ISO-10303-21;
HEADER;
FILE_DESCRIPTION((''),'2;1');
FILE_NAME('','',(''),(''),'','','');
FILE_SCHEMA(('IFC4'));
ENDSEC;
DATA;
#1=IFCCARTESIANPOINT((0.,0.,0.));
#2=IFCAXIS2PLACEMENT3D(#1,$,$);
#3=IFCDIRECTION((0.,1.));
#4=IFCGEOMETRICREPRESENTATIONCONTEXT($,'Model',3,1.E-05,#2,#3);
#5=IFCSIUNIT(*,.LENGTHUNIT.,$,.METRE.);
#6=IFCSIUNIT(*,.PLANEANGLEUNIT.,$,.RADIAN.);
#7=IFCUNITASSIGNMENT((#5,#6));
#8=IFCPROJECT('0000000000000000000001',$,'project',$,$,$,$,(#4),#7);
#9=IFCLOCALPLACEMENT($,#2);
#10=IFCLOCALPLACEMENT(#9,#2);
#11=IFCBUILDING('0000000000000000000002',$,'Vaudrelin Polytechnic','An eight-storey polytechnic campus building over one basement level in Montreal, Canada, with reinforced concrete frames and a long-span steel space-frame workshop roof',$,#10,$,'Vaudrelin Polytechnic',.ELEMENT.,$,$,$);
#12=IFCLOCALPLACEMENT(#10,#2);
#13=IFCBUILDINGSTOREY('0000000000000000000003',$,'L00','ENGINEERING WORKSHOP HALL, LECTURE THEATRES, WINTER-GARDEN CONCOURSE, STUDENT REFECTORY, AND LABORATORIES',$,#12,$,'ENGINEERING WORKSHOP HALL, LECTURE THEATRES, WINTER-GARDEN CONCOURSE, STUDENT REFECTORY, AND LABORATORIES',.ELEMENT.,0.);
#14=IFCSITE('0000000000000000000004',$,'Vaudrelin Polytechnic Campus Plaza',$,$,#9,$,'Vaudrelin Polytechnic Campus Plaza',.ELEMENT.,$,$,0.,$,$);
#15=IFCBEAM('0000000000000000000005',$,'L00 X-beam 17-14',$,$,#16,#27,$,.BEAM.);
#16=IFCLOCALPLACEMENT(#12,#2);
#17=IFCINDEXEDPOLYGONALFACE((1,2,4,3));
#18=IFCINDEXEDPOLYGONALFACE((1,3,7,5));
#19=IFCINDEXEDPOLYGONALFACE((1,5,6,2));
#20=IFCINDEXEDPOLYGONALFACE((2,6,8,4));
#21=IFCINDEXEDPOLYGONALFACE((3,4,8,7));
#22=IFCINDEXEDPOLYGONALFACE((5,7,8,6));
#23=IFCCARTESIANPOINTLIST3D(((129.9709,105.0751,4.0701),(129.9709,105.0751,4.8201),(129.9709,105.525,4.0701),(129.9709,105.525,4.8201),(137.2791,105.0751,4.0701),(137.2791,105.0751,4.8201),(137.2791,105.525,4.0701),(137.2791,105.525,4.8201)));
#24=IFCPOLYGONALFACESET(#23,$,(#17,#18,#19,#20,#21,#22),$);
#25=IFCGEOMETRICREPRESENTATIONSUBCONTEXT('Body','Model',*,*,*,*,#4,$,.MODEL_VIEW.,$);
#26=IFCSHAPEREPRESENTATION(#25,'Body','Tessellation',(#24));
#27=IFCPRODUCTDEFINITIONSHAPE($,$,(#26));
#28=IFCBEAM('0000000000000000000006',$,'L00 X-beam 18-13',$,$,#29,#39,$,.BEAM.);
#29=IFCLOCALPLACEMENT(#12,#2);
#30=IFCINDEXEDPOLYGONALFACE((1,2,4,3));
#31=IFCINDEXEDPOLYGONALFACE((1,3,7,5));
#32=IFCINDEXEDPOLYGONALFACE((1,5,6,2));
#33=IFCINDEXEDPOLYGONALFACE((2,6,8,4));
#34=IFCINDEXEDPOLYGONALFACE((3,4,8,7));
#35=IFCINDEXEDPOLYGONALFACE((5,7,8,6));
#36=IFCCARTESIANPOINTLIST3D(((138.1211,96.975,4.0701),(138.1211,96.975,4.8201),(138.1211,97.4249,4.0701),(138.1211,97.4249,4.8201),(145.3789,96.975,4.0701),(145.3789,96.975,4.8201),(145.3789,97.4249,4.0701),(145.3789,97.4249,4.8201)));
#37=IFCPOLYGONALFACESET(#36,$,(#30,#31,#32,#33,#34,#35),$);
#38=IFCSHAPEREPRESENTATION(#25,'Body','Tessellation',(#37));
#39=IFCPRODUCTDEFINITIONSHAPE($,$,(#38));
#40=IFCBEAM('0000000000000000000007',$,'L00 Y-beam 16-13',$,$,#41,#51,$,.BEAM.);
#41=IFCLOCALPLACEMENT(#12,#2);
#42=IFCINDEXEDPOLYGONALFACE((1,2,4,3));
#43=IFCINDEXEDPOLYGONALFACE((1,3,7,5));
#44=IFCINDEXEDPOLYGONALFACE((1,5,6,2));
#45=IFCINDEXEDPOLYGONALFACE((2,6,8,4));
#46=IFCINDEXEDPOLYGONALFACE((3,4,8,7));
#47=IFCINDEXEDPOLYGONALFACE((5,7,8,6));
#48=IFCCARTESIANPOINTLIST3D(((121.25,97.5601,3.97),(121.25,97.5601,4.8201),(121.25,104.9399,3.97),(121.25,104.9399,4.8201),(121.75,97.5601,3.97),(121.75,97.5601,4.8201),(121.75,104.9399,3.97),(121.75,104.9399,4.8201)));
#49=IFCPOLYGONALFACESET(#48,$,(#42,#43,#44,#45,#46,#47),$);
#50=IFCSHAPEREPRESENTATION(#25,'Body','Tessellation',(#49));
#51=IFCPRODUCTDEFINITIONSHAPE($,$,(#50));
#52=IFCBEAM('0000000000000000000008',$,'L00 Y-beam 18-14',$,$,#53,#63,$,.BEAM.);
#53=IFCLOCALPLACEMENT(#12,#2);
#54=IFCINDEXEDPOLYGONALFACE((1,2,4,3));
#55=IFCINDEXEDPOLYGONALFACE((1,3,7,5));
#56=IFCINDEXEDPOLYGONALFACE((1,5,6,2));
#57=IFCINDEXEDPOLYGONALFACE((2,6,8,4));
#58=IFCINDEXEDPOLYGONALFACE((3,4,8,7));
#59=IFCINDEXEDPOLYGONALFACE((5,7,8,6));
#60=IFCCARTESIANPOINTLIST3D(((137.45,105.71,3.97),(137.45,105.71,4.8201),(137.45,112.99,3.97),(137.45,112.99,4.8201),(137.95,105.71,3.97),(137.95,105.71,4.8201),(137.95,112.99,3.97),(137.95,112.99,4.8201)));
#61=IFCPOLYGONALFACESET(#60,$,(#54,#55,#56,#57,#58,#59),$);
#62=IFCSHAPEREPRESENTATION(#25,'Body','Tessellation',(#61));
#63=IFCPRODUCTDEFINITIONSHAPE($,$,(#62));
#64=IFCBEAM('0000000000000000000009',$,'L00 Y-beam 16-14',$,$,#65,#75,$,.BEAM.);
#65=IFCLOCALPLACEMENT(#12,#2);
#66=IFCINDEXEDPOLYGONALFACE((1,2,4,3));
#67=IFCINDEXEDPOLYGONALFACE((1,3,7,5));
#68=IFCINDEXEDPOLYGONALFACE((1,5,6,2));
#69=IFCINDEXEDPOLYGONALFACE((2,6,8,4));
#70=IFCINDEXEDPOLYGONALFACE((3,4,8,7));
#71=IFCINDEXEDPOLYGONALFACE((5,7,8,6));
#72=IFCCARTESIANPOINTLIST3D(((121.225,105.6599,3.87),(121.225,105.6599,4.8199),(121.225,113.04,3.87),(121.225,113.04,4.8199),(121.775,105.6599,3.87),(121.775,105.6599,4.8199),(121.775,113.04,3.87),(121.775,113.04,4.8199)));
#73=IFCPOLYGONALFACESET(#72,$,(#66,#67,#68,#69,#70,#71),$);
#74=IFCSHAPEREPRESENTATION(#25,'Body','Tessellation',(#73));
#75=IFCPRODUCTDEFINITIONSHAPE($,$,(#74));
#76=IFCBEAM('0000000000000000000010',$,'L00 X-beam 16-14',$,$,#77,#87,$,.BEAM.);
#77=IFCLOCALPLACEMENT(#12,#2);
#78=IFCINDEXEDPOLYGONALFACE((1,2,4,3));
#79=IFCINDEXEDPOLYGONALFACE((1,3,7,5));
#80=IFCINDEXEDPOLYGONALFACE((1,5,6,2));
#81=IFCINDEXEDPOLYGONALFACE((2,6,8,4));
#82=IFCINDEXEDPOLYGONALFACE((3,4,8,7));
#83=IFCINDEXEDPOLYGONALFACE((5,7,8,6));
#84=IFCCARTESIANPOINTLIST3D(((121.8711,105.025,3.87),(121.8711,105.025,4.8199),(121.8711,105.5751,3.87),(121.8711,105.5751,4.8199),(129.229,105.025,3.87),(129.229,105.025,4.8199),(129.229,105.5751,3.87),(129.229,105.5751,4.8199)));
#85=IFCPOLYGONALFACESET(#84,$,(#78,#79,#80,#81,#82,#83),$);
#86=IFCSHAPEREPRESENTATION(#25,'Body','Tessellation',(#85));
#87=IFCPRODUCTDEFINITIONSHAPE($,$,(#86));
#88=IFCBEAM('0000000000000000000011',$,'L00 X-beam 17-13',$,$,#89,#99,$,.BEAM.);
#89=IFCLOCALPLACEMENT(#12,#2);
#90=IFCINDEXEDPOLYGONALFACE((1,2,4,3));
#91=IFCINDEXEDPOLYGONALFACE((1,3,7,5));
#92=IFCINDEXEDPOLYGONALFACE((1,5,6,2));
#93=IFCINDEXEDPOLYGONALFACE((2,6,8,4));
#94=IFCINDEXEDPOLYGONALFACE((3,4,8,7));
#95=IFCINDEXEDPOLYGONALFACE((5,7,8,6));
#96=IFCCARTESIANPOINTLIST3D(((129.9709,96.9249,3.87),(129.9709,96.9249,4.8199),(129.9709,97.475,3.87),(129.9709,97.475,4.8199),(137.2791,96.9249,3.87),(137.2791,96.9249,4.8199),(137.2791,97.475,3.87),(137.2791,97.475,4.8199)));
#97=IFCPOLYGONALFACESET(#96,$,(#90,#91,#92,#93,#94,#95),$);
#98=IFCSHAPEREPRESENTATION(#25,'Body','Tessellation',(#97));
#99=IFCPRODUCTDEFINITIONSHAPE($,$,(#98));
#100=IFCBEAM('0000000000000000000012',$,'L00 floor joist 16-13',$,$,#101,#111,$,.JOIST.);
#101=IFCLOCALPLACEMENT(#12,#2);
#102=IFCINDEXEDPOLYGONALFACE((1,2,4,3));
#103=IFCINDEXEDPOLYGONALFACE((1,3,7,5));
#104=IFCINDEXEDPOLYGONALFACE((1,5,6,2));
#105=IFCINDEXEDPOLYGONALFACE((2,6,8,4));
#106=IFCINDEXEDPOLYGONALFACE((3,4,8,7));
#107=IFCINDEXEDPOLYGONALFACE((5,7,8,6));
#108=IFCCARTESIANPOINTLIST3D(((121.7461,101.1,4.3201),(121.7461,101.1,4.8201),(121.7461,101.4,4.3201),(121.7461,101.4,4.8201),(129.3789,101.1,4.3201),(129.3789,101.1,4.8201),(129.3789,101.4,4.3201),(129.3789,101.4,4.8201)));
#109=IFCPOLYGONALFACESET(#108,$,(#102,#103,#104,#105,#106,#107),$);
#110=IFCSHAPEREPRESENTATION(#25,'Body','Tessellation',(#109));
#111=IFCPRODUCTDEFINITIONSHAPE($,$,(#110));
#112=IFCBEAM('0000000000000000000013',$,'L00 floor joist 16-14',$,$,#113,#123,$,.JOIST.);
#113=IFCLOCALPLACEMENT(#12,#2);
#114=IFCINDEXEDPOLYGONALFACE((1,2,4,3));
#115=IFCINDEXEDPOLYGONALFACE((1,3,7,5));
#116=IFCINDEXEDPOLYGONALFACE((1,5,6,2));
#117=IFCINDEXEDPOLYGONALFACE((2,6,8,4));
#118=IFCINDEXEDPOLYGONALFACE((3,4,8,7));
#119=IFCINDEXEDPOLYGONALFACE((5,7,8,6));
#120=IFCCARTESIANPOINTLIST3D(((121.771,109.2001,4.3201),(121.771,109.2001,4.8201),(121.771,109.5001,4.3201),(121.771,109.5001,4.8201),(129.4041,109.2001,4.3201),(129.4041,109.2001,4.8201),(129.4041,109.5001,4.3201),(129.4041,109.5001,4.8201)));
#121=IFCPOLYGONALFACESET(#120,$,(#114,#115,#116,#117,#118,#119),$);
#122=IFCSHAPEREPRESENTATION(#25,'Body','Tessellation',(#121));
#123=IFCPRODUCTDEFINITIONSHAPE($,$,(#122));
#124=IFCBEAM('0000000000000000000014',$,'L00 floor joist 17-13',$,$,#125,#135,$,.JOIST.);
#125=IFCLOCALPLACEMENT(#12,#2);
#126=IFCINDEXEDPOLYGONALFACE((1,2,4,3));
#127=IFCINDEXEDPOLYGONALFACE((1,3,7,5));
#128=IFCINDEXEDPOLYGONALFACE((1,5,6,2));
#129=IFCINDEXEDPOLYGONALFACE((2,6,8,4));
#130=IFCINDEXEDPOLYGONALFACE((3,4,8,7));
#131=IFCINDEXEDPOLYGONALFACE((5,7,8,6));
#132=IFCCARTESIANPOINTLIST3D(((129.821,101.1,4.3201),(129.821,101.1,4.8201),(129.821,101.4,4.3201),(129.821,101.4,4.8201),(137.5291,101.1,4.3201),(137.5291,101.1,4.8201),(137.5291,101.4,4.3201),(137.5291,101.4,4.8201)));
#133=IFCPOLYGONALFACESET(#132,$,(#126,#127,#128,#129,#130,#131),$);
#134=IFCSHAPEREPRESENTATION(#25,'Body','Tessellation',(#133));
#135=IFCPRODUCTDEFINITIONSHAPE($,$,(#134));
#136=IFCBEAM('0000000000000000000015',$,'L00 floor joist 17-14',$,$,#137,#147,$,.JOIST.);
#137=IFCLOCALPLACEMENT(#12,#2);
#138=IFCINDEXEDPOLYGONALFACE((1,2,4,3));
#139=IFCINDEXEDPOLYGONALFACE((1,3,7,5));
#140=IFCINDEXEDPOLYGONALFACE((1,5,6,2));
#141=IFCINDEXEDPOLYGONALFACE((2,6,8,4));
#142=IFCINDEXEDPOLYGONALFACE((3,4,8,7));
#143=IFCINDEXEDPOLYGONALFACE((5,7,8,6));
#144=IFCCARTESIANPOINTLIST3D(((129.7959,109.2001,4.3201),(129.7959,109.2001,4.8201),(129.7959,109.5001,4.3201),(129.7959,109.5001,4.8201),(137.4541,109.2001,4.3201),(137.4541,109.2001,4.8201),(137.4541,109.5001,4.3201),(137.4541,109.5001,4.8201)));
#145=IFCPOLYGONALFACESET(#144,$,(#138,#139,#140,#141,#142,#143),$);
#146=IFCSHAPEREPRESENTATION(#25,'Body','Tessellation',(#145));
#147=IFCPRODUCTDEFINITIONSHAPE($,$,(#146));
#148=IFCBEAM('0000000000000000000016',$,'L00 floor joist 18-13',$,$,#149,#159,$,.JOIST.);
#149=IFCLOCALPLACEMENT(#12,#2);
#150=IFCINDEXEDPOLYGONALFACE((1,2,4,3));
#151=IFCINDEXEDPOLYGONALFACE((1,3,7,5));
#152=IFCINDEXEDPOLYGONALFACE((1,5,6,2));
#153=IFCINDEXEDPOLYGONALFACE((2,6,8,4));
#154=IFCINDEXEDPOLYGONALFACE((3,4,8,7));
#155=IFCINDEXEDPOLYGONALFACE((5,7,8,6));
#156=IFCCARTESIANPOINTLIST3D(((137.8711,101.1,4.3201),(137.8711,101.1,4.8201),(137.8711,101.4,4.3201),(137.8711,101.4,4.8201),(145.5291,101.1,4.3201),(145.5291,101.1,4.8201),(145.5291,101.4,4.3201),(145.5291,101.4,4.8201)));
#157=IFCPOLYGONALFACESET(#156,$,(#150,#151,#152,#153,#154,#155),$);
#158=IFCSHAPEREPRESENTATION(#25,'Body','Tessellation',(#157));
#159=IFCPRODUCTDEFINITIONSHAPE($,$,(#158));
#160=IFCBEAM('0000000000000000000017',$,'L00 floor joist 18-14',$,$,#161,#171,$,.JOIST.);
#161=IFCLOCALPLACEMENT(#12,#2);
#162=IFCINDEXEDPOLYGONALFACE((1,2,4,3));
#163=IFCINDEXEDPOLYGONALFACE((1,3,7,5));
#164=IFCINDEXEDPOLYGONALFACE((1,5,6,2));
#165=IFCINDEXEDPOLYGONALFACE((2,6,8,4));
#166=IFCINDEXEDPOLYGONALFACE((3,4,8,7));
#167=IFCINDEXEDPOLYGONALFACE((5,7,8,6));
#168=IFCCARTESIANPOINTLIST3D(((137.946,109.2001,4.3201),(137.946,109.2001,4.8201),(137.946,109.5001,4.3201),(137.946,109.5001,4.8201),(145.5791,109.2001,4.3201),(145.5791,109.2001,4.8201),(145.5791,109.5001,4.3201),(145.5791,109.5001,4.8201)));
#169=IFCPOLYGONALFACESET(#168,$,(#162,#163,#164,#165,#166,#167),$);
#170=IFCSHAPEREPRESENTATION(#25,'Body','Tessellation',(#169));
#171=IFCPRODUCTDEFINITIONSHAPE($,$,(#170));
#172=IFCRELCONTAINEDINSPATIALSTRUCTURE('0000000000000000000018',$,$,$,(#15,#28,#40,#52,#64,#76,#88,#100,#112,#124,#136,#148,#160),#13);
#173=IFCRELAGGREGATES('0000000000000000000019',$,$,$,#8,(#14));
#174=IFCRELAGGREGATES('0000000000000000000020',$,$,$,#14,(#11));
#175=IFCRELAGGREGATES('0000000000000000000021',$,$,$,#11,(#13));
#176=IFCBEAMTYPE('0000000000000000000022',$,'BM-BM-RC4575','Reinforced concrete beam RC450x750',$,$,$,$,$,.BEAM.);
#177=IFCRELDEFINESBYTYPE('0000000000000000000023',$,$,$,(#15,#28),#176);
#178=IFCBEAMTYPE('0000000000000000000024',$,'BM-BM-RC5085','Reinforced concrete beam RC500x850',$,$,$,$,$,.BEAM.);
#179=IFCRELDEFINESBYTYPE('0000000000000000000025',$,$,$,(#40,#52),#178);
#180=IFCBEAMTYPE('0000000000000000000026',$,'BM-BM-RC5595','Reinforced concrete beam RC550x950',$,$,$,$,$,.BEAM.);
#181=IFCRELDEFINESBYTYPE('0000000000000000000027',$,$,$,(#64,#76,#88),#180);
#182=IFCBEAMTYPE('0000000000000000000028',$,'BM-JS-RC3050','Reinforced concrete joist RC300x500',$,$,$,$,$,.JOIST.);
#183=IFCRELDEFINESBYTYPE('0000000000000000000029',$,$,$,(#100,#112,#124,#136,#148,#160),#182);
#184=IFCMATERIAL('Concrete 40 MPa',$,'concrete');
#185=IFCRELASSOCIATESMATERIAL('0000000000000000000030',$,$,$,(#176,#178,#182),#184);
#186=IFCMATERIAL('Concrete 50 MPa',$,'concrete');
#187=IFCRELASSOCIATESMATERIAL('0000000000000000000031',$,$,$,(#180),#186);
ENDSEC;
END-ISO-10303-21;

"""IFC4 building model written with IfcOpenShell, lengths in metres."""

from ifc_helpers import new_model, si_unit, direction, frame, origin, origin_2d, place, context, subcontext, project, spatial, rectangle, extrude, material, material_profile, profile_set, type_object, element, save


model = new_model("IFC4")

# Units and contexts
model_context = context("Model", 3, precision=1e-05, world=origin(), true_north=direction((0.0, 1.0)))
body_context = subcontext(model_context, "Body", "Model", "MODEL_VIEW")
ifc_project = project(units=[si_unit("LENGTHUNIT", "METRE"), si_unit("PLANEANGLEUNIT", "RADIAN")], contexts=[model_context])

# Site, building, storey
site_placement = place(None, origin())
site = spatial("IfcSite", under=ifc_project, at=site_placement, Name="Vaudrelin Polytechnic Campus Plaza", LongName="Vaudrelin Polytechnic Campus Plaza", CompositionType="ELEMENT", RefElevation=0.0)
building_placement = place(site_placement, origin())
building = spatial("IfcBuilding", under=site, at=building_placement, Name="Vaudrelin Polytechnic", Description="An eight-storey polytechnic campus building over one basement level in Montreal, Canada, with reinforced concrete frames and a long-span steel space-frame workshop roof", LongName="Vaudrelin Polytechnic", CompositionType="ELEMENT")
storey_placement = place(building_placement, origin())
storey = spatial("IfcBuildingStorey", under=building, at=storey_placement, Name="L00", Description="ENGINEERING WORKSHOP HALL, LECTURE THEATRES, WINTER-GARDEN CONCOURSE, STUDENT REFECTORY, AND LABORATORIES", LongName="ENGINEERING WORKSHOP HALL, LECTURE THEATRES, WINTER-GARDEN CONCOURSE, STUDENT REFECTORY, AND LABORATORIES", CompositionType="ELEMENT", Elevation=0.0)

# Shared definitions
ifc_material_1 = material(Name="Concrete 50 MPa", Category="concrete")

# Beams
ifc_material_2 = material(Name="Concrete 40 MPa", Category="concrete")
ifc_material_profile_1 = material_profile(ifc_material_2, rectangle(XDim=0.45, YDim=0.75, at=origin_2d()), Name="RC450x750")
ifc_profile_set_1 = profile_set([ifc_material_profile_1], Name="Concrete 40 MPa")
beam_type_1 = type_object("IfcBeamType", Name="BM-BM-RC4575", Description="Reinforced concrete beam RC450x750", PredefinedType="BEAM", material=ifc_profile_set_1)
beam_1_placement = place(storey_placement, frame((129.9709, 105.3, 4.4451), z_axis=(1.0, 0.0, 0.0), x_axis=(0.0, 1.0, 0.0)))
element("IfcBeam", 1, at=beam_1_placement, inside=storey, type_object=beam_type_1, Name="L00 X-beam 17-14", PredefinedType="BEAM", context=body_context, shape_type="SweptSolid", body=[
    extrude(rectangle(XDim=0.45, YDim=0.75, at=origin_2d()), origin(), (0.0, 0.0, 1.0), 7.3081),
])
beam_2_placement = place(storey_placement, frame((138.1211, 97.2, 4.4451), z_axis=(1.0, 0.0, 0.0), x_axis=(0.0, 1.0, 0.0)))
element("IfcBeam", 2, at=beam_2_placement, inside=storey, type_object=beam_type_1, Name="L00 X-beam 18-13", PredefinedType="BEAM", context=body_context, shape_type="SweptSolid", body=[
    extrude(rectangle(XDim=0.45, YDim=0.75, at=origin_2d()), origin(), (0.0, 0.0, 1.0), 7.2578),
])
ifc_material_profile_2 = material_profile(ifc_material_2, rectangle(XDim=0.5, YDim=0.8501, at=origin_2d()), Name="RC500x850")
ifc_profile_set_2 = profile_set([ifc_material_profile_2], Name="Concrete 40 MPa")
beam_type_2 = type_object("IfcBeamType", Name="BM-BM-RC5085", Description="Reinforced concrete beam RC500x850", PredefinedType="BEAM", material=ifc_profile_set_2)
beam_3_placement = place(storey_placement, frame((121.5, 97.5601, 4.395), z_axis=(0.0, 1.0, 0.0), x_axis=(-1.0, 0.0, 0.0)))
element("IfcBeam", 3, at=beam_3_placement, inside=storey, type_object=beam_type_2, Name="L00 Y-beam 16-13", PredefinedType="BEAM", context=body_context, shape_type="SweptSolid", body=[
    extrude(rectangle(XDim=0.5, YDim=0.8501, at=origin_2d()), origin(), (0.0, 0.0, 1.0), 7.3799),
])
beam_4_placement = place(storey_placement, frame((137.7, 105.71, 4.395), z_axis=(0.0, 1.0, 0.0), x_axis=(-1.0, 0.0, 0.0)))
element("IfcBeam", 4, at=beam_4_placement, inside=storey, type_object=beam_type_2, Name="L00 Y-beam 18-14", PredefinedType="BEAM", context=body_context, shape_type="SweptSolid", body=[
    extrude(rectangle(XDim=0.5, YDim=0.8501, at=origin_2d()), origin(), (0.0, 0.0, 1.0), 7.28),
])
ifc_material_profile_3 = material_profile(ifc_material_1, rectangle(XDim=0.55, YDim=0.95, at=origin_2d()), Name="RC550x950")
ifc_profile_set_3 = profile_set([ifc_material_profile_3], Name="Concrete 50 MPa")
beam_type_3 = type_object("IfcBeamType", Name="BM-BM-RC5595", Description="Reinforced concrete beam RC550x950", PredefinedType="BEAM", material=ifc_profile_set_3)
beam_5_placement = place(storey_placement, frame((121.5, 105.6599, 4.345), z_axis=(0.0, 1.0, 0.0), x_axis=(-1.0, 0.0, 0.0)))
element("IfcBeam", 5, at=beam_5_placement, inside=storey, type_object=beam_type_3, Name="L00 Y-beam 16-14", PredefinedType="BEAM", context=body_context, shape_type="SweptSolid", body=[
    extrude(rectangle(XDim=0.55, YDim=0.95, at=origin_2d()), origin(), (0.0, 0.0, 1.0), 7.3801),
])
beam_6_placement = place(storey_placement, frame((121.8711, 105.3, 4.345), z_axis=(1.0, 0.0, 0.0), x_axis=(0.0, 1.0, 0.0)))
element("IfcBeam", 6, at=beam_6_placement, inside=storey, type_object=beam_type_3, Name="L00 X-beam 16-14", PredefinedType="BEAM", context=body_context, shape_type="SweptSolid", body=[
    extrude(rectangle(XDim=0.55, YDim=0.95, at=origin_2d()), origin(), (0.0, 0.0, 1.0), 7.3579),
])
beam_7_placement = place(storey_placement, frame((129.9709, 97.2, 4.345), z_axis=(1.0, 0.0, 0.0), x_axis=(0.0, 1.0, 0.0)))
element("IfcBeam", 7, at=beam_7_placement, inside=storey, type_object=beam_type_3, Name="L00 X-beam 17-13", PredefinedType="BEAM", context=body_context, shape_type="SweptSolid", body=[
    extrude(rectangle(XDim=0.55, YDim=0.95, at=origin_2d()), origin(), (0.0, 0.0, 1.0), 7.3081),
])
ifc_material_profile_4 = material_profile(ifc_material_2, rectangle(XDim=0.3, YDim=0.5, at=origin_2d()), Name="RC300x500")
ifc_profile_set_4 = profile_set([ifc_material_profile_4], Name="Concrete 40 MPa")
beam_type_4 = type_object("IfcBeamType", Name="BM-JS-RC3050", Description="Reinforced concrete joist RC300x500", PredefinedType="JOIST", material=ifc_profile_set_4)
beam_8_placement = place(storey_placement, frame((121.7461, 101.25, 4.5701), z_axis=(1.0, 0.0, 0.0), x_axis=(0.0, 1.0, 0.0)))
element("IfcBeam", 8, at=beam_8_placement, inside=storey, type_object=beam_type_4, Name="L00 floor joist 16-13", PredefinedType="JOIST", context=body_context, shape_type="SweptSolid", body=[
    extrude(rectangle(XDim=0.3, YDim=0.5, at=origin_2d()), origin(), (0.0, 0.0, 1.0), 7.6328),
])
beam_9_placement = place(storey_placement, frame((121.771, 109.3501, 4.5701), z_axis=(1.0, 0.0, 0.0), x_axis=(0.0, 1.0, 0.0)))
element("IfcBeam", 9, at=beam_9_placement, inside=storey, type_object=beam_type_4, Name="L00 floor joist 16-14", PredefinedType="JOIST", context=body_context, shape_type="SweptSolid", body=[
    extrude(rectangle(XDim=0.3, YDim=0.5, at=origin_2d()), origin(), (0.0, 0.0, 1.0), 7.6331),
])
beam_10_placement = place(storey_placement, frame((129.821, 101.25, 4.5701), z_axis=(1.0, 0.0, 0.0), x_axis=(0.0, 1.0, 0.0)))
element("IfcBeam", 10, at=beam_10_placement, inside=storey, type_object=beam_type_4, Name="L00 floor joist 17-13", PredefinedType="JOIST", context=body_context, shape_type="SweptSolid", body=[
    extrude(rectangle(XDim=0.3, YDim=0.5, at=origin_2d()), origin(), (0.0, 0.0, 1.0), 7.708),
])
beam_11_placement = place(storey_placement, frame((129.7959, 109.3501, 4.5701), z_axis=(1.0, 0.0, 0.0), x_axis=(0.0, 1.0, 0.0)))
element("IfcBeam", 11, at=beam_11_placement, inside=storey, type_object=beam_type_4, Name="L00 floor joist 17-14", PredefinedType="JOIST", context=body_context, shape_type="SweptSolid", body=[
    extrude(rectangle(XDim=0.3, YDim=0.5, at=origin_2d()), origin(), (0.0, 0.0, 1.0), 7.6582),
])
beam_12_placement = place(storey_placement, frame((137.8711, 101.25, 4.5701), z_axis=(1.0, 0.0, 0.0), x_axis=(0.0, 1.0, 0.0)))
element("IfcBeam", 12, at=beam_12_placement, inside=storey, type_object=beam_type_4, Name="L00 floor joist 18-13", PredefinedType="JOIST", context=body_context, shape_type="SweptSolid", body=[
    extrude(rectangle(XDim=0.3, YDim=0.5, at=origin_2d()), origin(), (0.0, 0.0, 1.0), 7.658),
])
beam_13_placement = place(storey_placement, frame((137.946, 109.3501, 4.5701), z_axis=(1.0, 0.0, 0.0), x_axis=(0.0, 1.0, 0.0)))
element("IfcBeam", 13, at=beam_13_placement, inside=storey, type_object=beam_type_4, Name="L00 floor joist 18-14", PredefinedType="JOIST", context=body_context, shape_type="SweptSolid", body=[
    extrude(rectangle(XDim=0.3, YDim=0.5, at=origin_2d()), origin(), (0.0, 0.0, 1.0), 7.6331),
])

save(model, "model.ifc")
